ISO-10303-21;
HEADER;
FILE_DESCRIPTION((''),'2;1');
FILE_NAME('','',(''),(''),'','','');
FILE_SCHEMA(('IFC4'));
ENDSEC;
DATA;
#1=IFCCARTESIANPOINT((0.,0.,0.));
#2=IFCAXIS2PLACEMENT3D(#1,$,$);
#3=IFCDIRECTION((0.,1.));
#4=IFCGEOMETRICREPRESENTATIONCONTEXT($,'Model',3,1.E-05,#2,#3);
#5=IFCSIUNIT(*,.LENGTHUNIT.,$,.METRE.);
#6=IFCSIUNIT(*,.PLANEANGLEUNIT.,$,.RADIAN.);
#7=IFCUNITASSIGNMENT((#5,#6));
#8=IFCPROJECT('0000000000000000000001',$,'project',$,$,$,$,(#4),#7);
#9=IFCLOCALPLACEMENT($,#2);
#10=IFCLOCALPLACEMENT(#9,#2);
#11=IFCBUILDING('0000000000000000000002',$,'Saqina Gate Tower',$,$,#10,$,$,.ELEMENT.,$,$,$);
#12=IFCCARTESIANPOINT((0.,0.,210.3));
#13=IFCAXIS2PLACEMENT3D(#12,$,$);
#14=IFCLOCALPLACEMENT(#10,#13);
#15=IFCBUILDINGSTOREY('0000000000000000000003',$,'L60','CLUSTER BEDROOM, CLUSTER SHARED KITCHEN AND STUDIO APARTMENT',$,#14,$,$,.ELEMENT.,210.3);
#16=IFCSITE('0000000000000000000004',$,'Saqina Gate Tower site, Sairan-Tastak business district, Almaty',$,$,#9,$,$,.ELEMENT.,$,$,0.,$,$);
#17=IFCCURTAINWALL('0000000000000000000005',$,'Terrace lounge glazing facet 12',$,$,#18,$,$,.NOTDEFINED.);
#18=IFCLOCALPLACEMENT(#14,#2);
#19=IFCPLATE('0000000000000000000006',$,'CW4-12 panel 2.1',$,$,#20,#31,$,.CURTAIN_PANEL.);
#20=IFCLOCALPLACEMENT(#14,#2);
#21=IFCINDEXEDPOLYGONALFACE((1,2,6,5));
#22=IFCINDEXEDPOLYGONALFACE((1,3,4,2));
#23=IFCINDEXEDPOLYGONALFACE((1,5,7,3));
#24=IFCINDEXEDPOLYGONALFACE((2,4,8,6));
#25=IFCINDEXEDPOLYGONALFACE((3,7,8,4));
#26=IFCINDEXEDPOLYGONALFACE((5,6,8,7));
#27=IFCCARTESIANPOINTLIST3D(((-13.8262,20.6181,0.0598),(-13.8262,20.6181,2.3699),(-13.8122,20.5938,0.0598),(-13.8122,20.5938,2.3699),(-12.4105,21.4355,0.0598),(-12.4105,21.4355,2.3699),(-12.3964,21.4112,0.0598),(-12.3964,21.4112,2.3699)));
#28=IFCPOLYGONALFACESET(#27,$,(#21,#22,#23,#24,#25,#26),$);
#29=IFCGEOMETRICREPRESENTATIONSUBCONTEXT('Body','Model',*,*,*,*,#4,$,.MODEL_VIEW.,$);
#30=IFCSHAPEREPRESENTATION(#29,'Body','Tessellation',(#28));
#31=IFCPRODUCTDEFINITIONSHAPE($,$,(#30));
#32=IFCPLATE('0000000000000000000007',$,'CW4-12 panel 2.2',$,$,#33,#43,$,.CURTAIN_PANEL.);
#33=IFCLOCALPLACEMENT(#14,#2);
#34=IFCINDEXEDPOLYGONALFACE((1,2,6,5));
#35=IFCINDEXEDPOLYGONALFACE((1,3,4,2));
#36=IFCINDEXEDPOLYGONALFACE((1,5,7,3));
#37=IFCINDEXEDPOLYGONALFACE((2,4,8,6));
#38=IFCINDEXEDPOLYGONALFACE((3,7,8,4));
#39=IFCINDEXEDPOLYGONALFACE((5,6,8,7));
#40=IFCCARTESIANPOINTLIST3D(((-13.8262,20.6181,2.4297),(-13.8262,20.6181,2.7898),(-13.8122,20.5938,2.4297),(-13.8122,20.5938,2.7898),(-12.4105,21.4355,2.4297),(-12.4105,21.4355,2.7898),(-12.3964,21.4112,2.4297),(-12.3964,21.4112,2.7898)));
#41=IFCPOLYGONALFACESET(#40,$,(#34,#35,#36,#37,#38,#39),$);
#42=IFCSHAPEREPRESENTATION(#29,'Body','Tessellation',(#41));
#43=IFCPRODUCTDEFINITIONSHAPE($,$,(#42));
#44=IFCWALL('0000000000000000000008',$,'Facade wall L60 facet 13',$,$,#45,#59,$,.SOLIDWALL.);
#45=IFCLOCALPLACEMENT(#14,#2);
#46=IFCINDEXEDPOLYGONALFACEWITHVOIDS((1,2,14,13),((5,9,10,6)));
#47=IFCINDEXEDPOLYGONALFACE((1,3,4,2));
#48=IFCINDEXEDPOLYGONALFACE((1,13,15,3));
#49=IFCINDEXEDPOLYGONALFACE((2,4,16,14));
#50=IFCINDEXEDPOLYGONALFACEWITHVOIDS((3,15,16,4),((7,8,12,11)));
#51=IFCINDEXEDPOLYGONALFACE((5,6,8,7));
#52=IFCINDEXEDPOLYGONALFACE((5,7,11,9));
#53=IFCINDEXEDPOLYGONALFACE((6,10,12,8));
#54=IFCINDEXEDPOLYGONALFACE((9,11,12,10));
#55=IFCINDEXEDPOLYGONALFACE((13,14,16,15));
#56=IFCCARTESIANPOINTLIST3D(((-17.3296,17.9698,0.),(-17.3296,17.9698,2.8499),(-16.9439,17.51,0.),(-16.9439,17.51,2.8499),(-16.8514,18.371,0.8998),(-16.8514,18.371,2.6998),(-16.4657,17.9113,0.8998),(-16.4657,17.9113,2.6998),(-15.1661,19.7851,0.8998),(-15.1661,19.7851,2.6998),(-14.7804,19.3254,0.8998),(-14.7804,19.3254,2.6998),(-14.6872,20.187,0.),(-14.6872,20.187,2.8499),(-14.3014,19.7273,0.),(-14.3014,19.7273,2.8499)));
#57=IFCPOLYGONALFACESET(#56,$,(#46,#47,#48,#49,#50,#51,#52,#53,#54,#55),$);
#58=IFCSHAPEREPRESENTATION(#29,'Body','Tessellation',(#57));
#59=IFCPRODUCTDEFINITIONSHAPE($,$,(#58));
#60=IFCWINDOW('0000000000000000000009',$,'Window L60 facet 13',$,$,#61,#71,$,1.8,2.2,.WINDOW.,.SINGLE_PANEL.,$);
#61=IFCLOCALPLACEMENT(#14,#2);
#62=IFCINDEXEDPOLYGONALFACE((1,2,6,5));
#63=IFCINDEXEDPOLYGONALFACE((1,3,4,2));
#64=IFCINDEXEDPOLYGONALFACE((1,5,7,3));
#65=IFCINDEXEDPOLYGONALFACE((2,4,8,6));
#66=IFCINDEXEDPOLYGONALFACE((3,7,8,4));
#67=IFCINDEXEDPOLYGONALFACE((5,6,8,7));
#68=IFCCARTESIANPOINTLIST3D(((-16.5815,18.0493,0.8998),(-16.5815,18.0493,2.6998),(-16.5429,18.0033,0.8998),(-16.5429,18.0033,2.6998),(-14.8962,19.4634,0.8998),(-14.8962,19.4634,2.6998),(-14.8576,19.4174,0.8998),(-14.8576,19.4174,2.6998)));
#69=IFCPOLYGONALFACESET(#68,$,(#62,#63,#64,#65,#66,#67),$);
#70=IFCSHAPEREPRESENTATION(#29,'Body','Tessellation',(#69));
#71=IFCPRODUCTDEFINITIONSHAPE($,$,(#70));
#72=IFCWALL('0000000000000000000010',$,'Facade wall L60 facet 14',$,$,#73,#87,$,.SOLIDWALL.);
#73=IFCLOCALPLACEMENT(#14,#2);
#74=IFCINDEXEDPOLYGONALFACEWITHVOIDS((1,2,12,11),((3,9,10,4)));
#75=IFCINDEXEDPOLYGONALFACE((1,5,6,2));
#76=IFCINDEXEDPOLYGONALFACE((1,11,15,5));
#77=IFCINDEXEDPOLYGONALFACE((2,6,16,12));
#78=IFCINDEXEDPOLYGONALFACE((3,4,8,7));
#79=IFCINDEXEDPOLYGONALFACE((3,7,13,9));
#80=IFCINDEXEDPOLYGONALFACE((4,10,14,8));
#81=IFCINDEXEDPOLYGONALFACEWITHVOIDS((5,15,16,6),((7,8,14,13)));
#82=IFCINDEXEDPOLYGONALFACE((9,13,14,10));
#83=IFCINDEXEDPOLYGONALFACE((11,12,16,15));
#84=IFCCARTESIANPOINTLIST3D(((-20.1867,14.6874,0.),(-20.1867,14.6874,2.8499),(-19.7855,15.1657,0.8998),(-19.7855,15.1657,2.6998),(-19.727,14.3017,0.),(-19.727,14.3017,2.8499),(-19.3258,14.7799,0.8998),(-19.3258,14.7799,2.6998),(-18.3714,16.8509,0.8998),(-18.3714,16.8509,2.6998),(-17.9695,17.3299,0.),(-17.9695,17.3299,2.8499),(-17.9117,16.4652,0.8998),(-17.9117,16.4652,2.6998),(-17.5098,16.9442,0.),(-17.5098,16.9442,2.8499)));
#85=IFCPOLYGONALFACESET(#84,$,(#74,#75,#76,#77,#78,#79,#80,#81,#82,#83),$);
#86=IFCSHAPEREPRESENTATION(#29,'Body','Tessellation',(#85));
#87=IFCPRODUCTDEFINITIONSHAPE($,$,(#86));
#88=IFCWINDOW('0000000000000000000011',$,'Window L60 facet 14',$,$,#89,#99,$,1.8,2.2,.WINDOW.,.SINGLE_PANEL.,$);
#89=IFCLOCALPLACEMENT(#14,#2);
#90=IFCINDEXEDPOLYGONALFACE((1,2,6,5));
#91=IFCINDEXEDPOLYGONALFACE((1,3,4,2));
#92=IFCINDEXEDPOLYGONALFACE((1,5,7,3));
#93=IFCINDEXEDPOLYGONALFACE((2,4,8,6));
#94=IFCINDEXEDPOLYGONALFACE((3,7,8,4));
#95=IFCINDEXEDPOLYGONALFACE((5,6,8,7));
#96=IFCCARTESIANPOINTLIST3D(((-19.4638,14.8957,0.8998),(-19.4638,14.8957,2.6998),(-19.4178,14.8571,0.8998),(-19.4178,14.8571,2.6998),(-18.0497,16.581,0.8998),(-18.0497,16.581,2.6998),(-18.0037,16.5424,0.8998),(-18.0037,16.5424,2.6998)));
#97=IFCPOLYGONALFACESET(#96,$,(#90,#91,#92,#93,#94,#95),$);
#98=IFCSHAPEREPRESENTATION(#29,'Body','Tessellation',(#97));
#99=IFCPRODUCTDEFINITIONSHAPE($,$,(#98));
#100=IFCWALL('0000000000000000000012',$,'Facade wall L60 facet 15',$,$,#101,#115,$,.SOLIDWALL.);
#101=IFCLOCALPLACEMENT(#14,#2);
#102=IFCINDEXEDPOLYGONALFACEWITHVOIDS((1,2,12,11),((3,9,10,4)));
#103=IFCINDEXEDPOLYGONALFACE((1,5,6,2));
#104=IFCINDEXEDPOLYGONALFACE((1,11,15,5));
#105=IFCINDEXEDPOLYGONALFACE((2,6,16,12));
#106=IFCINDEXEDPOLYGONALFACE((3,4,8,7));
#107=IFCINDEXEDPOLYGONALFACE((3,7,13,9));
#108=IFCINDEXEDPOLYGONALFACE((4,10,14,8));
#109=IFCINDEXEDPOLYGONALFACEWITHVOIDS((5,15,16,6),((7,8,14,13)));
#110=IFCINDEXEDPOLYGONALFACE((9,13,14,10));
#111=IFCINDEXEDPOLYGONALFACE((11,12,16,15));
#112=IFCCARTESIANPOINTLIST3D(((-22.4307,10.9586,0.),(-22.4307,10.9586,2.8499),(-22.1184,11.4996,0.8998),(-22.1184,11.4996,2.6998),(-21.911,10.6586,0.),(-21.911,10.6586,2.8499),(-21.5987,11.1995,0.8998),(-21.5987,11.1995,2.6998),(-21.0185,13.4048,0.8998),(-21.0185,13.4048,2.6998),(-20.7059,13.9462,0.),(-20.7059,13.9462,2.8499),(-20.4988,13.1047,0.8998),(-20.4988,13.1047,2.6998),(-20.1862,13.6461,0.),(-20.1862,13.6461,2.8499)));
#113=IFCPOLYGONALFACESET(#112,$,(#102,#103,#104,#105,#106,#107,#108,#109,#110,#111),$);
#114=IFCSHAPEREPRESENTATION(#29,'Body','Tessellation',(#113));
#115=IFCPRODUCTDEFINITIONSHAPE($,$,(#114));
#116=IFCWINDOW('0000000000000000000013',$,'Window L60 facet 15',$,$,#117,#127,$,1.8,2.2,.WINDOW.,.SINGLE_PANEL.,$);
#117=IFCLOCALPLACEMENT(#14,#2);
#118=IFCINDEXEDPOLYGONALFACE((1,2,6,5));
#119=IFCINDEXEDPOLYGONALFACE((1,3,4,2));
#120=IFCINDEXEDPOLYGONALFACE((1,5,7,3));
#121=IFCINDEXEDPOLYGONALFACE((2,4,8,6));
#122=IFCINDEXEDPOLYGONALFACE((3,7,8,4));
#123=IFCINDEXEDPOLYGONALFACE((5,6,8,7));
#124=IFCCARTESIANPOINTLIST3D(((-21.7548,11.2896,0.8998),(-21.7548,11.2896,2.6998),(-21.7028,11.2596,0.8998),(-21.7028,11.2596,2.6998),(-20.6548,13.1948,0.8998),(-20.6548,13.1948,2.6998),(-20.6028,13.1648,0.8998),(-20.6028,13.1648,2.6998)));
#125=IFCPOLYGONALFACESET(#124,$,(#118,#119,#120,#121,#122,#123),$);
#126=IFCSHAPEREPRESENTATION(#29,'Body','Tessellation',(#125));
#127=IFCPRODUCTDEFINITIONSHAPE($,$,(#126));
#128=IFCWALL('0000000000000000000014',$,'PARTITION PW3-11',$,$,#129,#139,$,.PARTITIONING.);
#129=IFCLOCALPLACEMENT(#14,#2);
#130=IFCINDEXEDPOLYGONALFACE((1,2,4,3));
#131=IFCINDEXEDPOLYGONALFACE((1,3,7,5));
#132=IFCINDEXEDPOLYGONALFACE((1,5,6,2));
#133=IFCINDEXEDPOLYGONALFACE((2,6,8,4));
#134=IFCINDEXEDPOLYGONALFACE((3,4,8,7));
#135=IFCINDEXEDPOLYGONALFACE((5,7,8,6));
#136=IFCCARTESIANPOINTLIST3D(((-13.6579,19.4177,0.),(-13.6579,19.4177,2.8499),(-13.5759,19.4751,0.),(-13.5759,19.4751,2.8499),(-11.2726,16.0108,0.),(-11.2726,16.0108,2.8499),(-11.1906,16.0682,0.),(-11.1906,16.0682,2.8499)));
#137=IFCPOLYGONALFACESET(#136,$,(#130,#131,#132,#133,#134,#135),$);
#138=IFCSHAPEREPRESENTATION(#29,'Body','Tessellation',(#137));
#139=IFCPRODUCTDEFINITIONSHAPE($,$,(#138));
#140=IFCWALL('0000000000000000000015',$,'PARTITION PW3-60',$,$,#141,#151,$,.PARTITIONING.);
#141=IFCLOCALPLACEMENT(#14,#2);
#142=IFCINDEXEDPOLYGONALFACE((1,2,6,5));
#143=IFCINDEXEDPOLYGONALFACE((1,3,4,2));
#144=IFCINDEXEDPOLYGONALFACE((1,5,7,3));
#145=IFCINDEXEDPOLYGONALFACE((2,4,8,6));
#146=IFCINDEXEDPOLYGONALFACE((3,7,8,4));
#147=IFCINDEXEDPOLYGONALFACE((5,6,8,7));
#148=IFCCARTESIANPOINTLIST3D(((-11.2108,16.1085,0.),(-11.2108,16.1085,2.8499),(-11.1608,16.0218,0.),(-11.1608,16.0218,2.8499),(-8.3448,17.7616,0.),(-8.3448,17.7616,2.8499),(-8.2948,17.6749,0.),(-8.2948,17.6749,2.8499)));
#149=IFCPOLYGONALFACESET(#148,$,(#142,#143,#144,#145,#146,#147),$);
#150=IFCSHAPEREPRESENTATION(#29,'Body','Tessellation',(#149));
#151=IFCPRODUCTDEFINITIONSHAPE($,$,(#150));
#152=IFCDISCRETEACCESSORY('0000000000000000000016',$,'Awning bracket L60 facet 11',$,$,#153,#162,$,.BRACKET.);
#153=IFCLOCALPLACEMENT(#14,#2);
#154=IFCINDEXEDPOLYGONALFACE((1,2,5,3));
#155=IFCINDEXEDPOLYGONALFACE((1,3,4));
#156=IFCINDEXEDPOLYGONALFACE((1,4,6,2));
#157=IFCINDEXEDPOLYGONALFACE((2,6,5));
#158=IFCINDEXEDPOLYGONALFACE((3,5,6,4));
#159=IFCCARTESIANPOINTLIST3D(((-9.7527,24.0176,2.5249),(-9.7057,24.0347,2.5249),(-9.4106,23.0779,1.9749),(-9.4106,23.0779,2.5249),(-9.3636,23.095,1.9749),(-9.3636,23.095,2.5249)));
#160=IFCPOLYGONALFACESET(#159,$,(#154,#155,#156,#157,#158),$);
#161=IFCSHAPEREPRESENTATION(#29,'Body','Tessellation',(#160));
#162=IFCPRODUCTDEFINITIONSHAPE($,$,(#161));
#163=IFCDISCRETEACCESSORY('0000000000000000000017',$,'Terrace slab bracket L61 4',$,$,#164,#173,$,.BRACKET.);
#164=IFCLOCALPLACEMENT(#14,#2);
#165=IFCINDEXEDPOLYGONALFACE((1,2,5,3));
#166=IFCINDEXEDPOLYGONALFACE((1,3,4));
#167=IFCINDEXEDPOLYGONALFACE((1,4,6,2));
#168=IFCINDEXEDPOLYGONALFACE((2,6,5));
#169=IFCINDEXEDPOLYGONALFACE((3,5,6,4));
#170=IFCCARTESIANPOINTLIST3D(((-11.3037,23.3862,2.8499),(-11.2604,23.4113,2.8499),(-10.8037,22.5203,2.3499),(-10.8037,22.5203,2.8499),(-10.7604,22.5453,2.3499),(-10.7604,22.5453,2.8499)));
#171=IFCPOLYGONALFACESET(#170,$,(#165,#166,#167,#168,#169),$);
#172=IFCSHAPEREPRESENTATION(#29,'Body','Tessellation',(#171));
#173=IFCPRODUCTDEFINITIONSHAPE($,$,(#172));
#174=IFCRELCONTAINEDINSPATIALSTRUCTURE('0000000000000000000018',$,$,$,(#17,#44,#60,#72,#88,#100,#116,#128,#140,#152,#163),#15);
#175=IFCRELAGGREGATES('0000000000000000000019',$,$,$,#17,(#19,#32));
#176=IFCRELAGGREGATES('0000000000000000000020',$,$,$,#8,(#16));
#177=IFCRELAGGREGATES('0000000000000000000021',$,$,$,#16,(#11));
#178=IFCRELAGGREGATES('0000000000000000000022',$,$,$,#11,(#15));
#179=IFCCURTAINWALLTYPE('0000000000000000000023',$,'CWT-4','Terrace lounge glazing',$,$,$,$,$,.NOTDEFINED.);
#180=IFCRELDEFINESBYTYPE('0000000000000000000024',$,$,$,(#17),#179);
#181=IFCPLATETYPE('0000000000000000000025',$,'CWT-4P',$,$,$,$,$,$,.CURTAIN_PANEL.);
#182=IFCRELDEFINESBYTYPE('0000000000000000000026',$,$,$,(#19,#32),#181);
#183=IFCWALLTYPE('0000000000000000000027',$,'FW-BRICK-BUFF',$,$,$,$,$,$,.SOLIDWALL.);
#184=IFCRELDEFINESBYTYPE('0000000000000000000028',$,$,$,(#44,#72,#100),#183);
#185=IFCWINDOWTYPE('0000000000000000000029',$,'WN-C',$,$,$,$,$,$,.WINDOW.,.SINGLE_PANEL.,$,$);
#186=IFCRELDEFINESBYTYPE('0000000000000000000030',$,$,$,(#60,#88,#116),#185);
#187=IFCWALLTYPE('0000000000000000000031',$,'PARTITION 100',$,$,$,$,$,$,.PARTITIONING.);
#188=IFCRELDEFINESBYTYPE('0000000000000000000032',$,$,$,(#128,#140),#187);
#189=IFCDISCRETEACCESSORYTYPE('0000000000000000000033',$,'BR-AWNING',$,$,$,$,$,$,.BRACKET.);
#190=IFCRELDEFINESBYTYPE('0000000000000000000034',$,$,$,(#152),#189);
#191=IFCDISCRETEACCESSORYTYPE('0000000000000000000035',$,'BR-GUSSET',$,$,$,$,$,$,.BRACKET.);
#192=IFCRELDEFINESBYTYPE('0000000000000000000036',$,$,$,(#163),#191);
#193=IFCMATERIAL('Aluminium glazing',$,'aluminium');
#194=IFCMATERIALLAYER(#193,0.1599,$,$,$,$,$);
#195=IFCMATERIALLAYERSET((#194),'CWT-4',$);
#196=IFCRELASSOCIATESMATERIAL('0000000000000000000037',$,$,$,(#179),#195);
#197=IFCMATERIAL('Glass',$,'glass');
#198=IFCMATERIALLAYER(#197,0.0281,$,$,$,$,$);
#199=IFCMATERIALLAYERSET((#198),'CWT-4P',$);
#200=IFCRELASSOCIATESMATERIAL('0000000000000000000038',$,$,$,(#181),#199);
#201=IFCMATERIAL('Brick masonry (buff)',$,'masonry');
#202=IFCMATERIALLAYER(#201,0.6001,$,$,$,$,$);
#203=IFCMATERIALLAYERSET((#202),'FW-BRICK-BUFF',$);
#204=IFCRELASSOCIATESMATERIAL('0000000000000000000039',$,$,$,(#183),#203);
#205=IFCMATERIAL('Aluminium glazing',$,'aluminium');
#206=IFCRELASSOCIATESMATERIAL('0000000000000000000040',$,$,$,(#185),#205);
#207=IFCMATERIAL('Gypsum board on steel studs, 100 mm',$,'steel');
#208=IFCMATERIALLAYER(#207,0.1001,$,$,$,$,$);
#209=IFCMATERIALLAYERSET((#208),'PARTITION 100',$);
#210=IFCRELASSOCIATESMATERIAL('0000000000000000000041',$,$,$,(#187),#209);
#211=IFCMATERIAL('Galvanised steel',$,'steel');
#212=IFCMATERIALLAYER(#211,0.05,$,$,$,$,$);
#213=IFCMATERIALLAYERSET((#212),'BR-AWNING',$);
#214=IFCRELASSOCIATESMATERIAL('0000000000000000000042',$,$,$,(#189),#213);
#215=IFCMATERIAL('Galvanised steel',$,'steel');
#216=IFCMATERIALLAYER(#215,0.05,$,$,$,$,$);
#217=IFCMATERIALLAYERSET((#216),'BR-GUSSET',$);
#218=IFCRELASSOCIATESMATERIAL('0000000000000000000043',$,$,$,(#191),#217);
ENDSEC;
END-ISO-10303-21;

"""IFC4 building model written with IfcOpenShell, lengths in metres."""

from ifc_helpers import new_model, si_unit, direction, frame, frame_2d, origin, origin_2d, place, context, subcontext, project, spatial, polyline, rectangle, outline, extrude, material, layer, layer_set, type_object, element, fill, aggregate, save


model = new_model("IFC4")

# Units and contexts
model_context = context("Model", 3, precision=1e-05, world=origin(), true_north=direction((0.0, 1.0)))
body_context = subcontext(model_context, "Body", "Model", "MODEL_VIEW")
ifc_project = project(units=[si_unit("LENGTHUNIT", "METRE"), si_unit("PLANEANGLEUNIT", "RADIAN")], contexts=[model_context])

# Site, building, storey
site_placement = place(None, origin())
site = spatial("IfcSite", under=ifc_project, at=site_placement, Name="Saqina Gate Tower site, Sairan-Tastak business district, Almaty", CompositionType="ELEMENT", RefElevation=0.0)
building_placement = place(site_placement, origin())
building = spatial("IfcBuilding", under=site, at=building_placement, Name="Saqina Gate Tower", CompositionType="ELEMENT")
storey_placement = place(building_placement, frame((0.0, 0.0, 210.3)))
storey = spatial("IfcBuildingStorey", under=building, at=storey_placement, Name="L60", Description="CLUSTER BEDROOM, CLUSTER SHARED KITCHEN AND STUDIO APARTMENT", CompositionType="ELEMENT", Elevation=210.3)

# Curtain wall, plates
ifc_material_1 = material(Name="Aluminium glazing", Category="aluminium")
ifc_layer_1 = layer(ifc_material_1, 0.1599)
ifc_layer_set_1 = layer_set([ifc_layer_1], Name="CWT-4")
curtain_wall_type = type_object("IfcCurtainWallType", Name="CWT-4", Description="Terrace lounge glazing", PredefinedType="NOTDEFINED", material=ifc_layer_set_1)
curtain_wall_placement = place(storey_placement, origin())
curtain_wall = element("IfcCurtainWall", 1, at=curtain_wall_placement, inside=storey, type_object=curtain_wall_type, Name="Terrace lounge glazing facet 12", PredefinedType="NOTDEFINED")
ifc_material_2 = material(Name="Glass", Category="glass")
ifc_layer_2 = layer(ifc_material_2, 0.0281)
ifc_layer_set_2 = layer_set([ifc_layer_2], Name="CWT-4P")
plate_type = type_object("IfcPlateType", Name="CWT-4P", PredefinedType="CURTAIN_PANEL", material=ifc_layer_set_2)
plate_1_placement = place(storey_placement, frame((-13.1113, 21.0146, 0.0598), z_axis=(0.0, 0.0, 1.0), x_axis=(-0.866017, -0.500014, 0.0)))
plate_1 = element("IfcPlate", 2, at=plate_1_placement, type_object=plate_type, Name="CW4-12 panel 2.1", PredefinedType="CURTAIN_PANEL", context=body_context, shape_type="SweptSolid", body=[
    extrude(rectangle(XDim=1.6348, YDim=0.0281, at=origin_2d()), origin(), (0.0, 0.0, 1.0), 2.3101),
])
plate_2_placement = place(storey_placement, frame((-13.1113, 21.0146, 2.4297), z_axis=(0.0, 0.0, 1.0), x_axis=(-0.866017, -0.500014, 0.0)))
plate_2 = element("IfcPlate", 3, at=plate_2_placement, type_object=plate_type, Name="CW4-12 panel 2.2", PredefinedType="CURTAIN_PANEL", context=body_context, shape_type="SweptSolid", body=[
    extrude(rectangle(XDim=1.6348, YDim=0.0281, at=origin_2d()), origin(), (0.0, 0.0, 1.0), 0.3601),
])
aggregate(curtain_wall, [plate_1, plate_2])

# Walls, openings, windows
ifc_material_3 = material(Name="Brick masonry (buff)", Category="masonry")
ifc_layer_3 = layer(ifc_material_3, 0.6001)
ifc_layer_set_3 = layer_set([ifc_layer_3], Name="FW-BRICK-BUFF")
wall_type_1 = type_object("IfcWallType", Name="FW-BRICK-BUFF", PredefinedType="SOLIDWALL", material=ifc_layer_set_3)
wall_1_placement = place(storey_placement, frame((-14.4944, 19.957, 0.0), z_axis=(0.0, 0.0, 1.0), x_axis=(-0.766059, -0.64277, 0.0)))
wall_1 = element("IfcWall", 4, at=wall_1_placement, inside=storey, type_object=wall_type_1, Name="Facade wall L60 facet 13", PredefinedType="SOLIDWALL", context=body_context, shape_type="SweptSolid", body=[
    extrude(rectangle(XDim=3.4495, YDim=0.6001, at=frame_2d((1.7246, 0.0))), origin(), (0.0, 0.0, 1.0), 2.8499),
])
opening_1_placement = place(wall_1_placement, frame((0.625, 0.0, 0.8999)))
opening_1 = element("IfcOpeningElement", 5, at=opening_1_placement, cuts=wall_1, PredefinedType="OPENING", context=body_context, shape_type="SweptSolid", body=[
    extrude(rectangle(XDim=2.2, YDim=1.8, at=frame_2d((1.1001, 0.8999))), frame((0.0, 0.312, 0.0), z_axis=(0.0, -1.0, 0.0), x_axis=(1.0, 0.0, 0.0)), (0.0, 0.0, 1.0), 0.624),
])
ifc_material_4 = material(Name="Aluminium glazing", Category="aluminium")
window_type = type_object("IfcWindowType", Name="WN-C", PartitioningType="SINGLE_PANEL", PredefinedType="WINDOW", material=ifc_material_4)
window_1_placement = place(opening_1_placement, origin())
window_1 = element("IfcWindow", 6, at=window_1_placement, inside=storey, type_object=window_type, Name="Window L60 facet 13", OverallHeight=1.8, OverallWidth=2.2, PartitioningType="SINGLE_PANEL", PredefinedType="WINDOW", context=body_context, shape_type="SweptSolid", body=[
    extrude(rectangle(XDim=2.2, YDim=1.8, at=frame_2d((1.1001, 0.8999))), frame((0.0, 0.1799, 0.0), z_axis=(0.0, -1.0, 0.0), x_axis=(1.0, 0.0, 0.0)), (0.0, 0.0, 1.0), 0.0601),
])
fill(opening_1, window_1)
wall_2_placement = place(storey_placement, frame((-17.7397, 17.137, 0.0), z_axis=(0.0, 0.0, 1.0), x_axis=(-0.64277, -0.766059, 0.0)))
wall_2 = element("IfcWall", 7, at=wall_2_placement, inside=storey, type_object=wall_type_1, Name="Facade wall L60 facet 14", PredefinedType="SOLIDWALL", context=body_context, shape_type="SweptSolid", body=[
    extrude(rectangle(XDim=3.4495, YDim=0.6001, at=frame_2d((1.7246, 0.0))), origin(), (0.0, 0.0, 1.0), 2.8499),
])
opening_2_placement = place(wall_2_placement, frame((0.625, 0.0, 0.8999)))
opening_2 = element("IfcOpeningElement", 8, at=opening_2_placement, cuts=wall_2, PredefinedType="OPENING", context=body_context, shape_type="SweptSolid", body=[
    extrude(rectangle(XDim=2.2, YDim=1.8, at=frame_2d((1.1001, 0.8999))), frame((0.0, 0.312, 0.0), z_axis=(0.0, -1.0, 0.0), x_axis=(1.0, 0.0, 0.0)), (0.0, 0.0, 1.0), 0.624),
])
window_2_placement = place(opening_2_placement, origin())
window_2 = element("IfcWindow", 9, at=window_2_placement, inside=storey, type_object=window_type, Name="Window L60 facet 14", OverallHeight=1.8, OverallWidth=2.2, PartitioningType="SINGLE_PANEL", PredefinedType="WINDOW", context=body_context, shape_type="SweptSolid", body=[
    extrude(rectangle(XDim=2.2, YDim=1.8, at=frame_2d((1.1001, 0.8999))), frame((0.0, 0.1799, 0.0), z_axis=(0.0, -1.0, 0.0), x_axis=(1.0, 0.0, 0.0)), (0.0, 0.0, 1.0), 0.0601),
])
fill(opening_2, window_2)
wall_3_placement = place(storey_placement, frame((-20.446, 13.7961, 0.0), z_axis=(0.0, 0.0, 1.0), x_axis=(-0.499998, -0.866026, 0.0)))
wall_3 = element("IfcWall", 10, at=wall_3_placement, inside=storey, type_object=wall_type_1, Name="Facade wall L60 facet 15", PredefinedType="SOLIDWALL", context=body_context, shape_type="SweptSolid", body=[
    extrude(rectangle(XDim=3.4497, YDim=0.6001, at=frame_2d((1.7249, 0.0))), origin(), (0.0, 0.0, 1.0), 2.8499),
])
opening_3_placement = place(wall_3_placement, frame((0.625, 0.0, 0.8999)))
opening_3 = element("IfcOpeningElement", 11, at=opening_3_placement, cuts=wall_3, PredefinedType="OPENING", context=body_context, shape_type="SweptSolid", body=[
    extrude(rectangle(XDim=2.2, YDim=1.8, at=frame_2d((1.1001, 0.8999))), frame((0.0, 0.312, 0.0), z_axis=(0.0, -1.0, 0.0), x_axis=(1.0, 0.0, 0.0)), (0.0, 0.0, 1.0), 0.624),
])
window_3_placement = place(opening_3_placement, origin())
window_3 = element("IfcWindow", 12, at=window_3_placement, inside=storey, type_object=window_type, Name="Window L60 facet 15", OverallHeight=1.8, OverallWidth=2.2, PartitioningType="SINGLE_PANEL", PredefinedType="WINDOW", context=body_context, shape_type="SweptSolid", body=[
    extrude(rectangle(XDim=2.2, YDim=1.8, at=frame_2d((1.1001, 0.8999))), frame((0.0, 0.1799, 0.0), z_axis=(0.0, -1.0, 0.0), x_axis=(1.0, 0.0, 0.0)), (0.0, 0.0, 1.0), 0.0601),
])
fill(opening_3, window_3)

# Walls
ifc_material_5 = material(Name="Gypsum board on steel studs, 100 mm", Category="steel")
ifc_layer_4 = layer(ifc_material_5, 0.1001)
ifc_layer_set_4 = layer_set([ifc_layer_4], Name="PARTITION 100")
wall_type_2 = type_object("IfcWallType", Name="PARTITION 100", PredefinedType="PARTITIONING", material=ifc_layer_set_4)
wall_4_placement = place(storey_placement, frame((-13.6169, 19.4465, 0.0), z_axis=(0.0, 0.0, 1.0), x_axis=(0.573521, -0.819191, 0.0)))
element("IfcWall", 13, at=wall_4_placement, inside=storey, type_object=wall_type_2, Name="PARTITION PW3-11", PredefinedType="PARTITIONING", context=body_context, shape_type="SweptSolid", body=[
    extrude(rectangle(XDim=4.1589, YDim=0.1001, at=frame_2d((2.0796, 0.0))), origin(), (0.0, 0.0, 1.0), 2.8499),
])
wall_5_placement = place(storey_placement, frame((-11.1858, 16.0652, 0.0), z_axis=(0.0, 0.0, 1.0), x_axis=(0.866233, 0.499639, 0.0)))
element("IfcWall", 14, at=wall_5_placement, inside=storey, type_object=wall_type_2, Name="PARTITION PW3-60", PredefinedType="PARTITIONING", context=body_context, shape_type="SweptSolid", body=[
    extrude(rectangle(XDim=3.3086, YDim=0.1001, at=frame_2d((1.6543, 0.0))), origin(), (0.0, 0.0, 1.0), 2.8499),
])

# Discrete accessories
ifc_material_6 = material(Name="Galvanised steel", Category="steel")
ifc_layer_5 = layer(ifc_material_6, 0.05)
ifc_layer_set_5 = layer_set([ifc_layer_5], Name="BR-AWNING")
discrete_accessory_type_1 = type_object("IfcDiscreteAccessoryType", Name="BR-AWNING", PredefinedType="BRACKET", material=ifc_layer_set_5)
discrete_accessory_1_placement = place(storey_placement, frame((-9.4106, 23.0779, 1.9749), z_axis=(-0.939686, -0.342037, 0.0), x_axis=(0.0, 0.0, 1.0)))
element("IfcDiscreteAccessory", 15, at=discrete_accessory_1_placement, inside=storey, type_object=discrete_accessory_type_1, Name="Awning bracket L60 facet 11", PredefinedType="BRACKET", context=body_context, shape_type="SweptSolid", body=[
    extrude(outline(polyline([(0.0, 0.0), (0.55, 0.0), (0.55, 1.0), (0.0, 0.0)])), origin(), (0.0, 0.0, -1.0), 0.05),
])
ifc_material_7 = material(Name="Galvanised steel", Category="steel")
ifc_layer_6 = layer(ifc_material_7, 0.05)
ifc_layer_set_6 = layer_set([ifc_layer_6], Name="BR-GUSSET")
discrete_accessory_type_2 = type_object("IfcDiscreteAccessoryType", Name="BR-GUSSET", PredefinedType="BRACKET", material=ifc_layer_set_6)
discrete_accessory_2_placement = place(storey_placement, frame((-10.8037, 22.5203, 2.3499), z_axis=(-0.866011, -0.500025, 0.0), x_axis=(0.0, 0.0, 1.0)))
element("IfcDiscreteAccessory", 16, at=discrete_accessory_2_placement, inside=storey, type_object=discrete_accessory_type_2, Name="Terrace slab bracket L61 4", PredefinedType="BRACKET", context=body_context, shape_type="SweptSolid", body=[
    extrude(outline(polyline([(0.0, 0.0), (0.5, 0.0), (0.5, 0.9999), (0.0, 0.0)])), origin(), (0.0, 0.0, -1.0), 0.05),
])

save(model, "model.ifc")
